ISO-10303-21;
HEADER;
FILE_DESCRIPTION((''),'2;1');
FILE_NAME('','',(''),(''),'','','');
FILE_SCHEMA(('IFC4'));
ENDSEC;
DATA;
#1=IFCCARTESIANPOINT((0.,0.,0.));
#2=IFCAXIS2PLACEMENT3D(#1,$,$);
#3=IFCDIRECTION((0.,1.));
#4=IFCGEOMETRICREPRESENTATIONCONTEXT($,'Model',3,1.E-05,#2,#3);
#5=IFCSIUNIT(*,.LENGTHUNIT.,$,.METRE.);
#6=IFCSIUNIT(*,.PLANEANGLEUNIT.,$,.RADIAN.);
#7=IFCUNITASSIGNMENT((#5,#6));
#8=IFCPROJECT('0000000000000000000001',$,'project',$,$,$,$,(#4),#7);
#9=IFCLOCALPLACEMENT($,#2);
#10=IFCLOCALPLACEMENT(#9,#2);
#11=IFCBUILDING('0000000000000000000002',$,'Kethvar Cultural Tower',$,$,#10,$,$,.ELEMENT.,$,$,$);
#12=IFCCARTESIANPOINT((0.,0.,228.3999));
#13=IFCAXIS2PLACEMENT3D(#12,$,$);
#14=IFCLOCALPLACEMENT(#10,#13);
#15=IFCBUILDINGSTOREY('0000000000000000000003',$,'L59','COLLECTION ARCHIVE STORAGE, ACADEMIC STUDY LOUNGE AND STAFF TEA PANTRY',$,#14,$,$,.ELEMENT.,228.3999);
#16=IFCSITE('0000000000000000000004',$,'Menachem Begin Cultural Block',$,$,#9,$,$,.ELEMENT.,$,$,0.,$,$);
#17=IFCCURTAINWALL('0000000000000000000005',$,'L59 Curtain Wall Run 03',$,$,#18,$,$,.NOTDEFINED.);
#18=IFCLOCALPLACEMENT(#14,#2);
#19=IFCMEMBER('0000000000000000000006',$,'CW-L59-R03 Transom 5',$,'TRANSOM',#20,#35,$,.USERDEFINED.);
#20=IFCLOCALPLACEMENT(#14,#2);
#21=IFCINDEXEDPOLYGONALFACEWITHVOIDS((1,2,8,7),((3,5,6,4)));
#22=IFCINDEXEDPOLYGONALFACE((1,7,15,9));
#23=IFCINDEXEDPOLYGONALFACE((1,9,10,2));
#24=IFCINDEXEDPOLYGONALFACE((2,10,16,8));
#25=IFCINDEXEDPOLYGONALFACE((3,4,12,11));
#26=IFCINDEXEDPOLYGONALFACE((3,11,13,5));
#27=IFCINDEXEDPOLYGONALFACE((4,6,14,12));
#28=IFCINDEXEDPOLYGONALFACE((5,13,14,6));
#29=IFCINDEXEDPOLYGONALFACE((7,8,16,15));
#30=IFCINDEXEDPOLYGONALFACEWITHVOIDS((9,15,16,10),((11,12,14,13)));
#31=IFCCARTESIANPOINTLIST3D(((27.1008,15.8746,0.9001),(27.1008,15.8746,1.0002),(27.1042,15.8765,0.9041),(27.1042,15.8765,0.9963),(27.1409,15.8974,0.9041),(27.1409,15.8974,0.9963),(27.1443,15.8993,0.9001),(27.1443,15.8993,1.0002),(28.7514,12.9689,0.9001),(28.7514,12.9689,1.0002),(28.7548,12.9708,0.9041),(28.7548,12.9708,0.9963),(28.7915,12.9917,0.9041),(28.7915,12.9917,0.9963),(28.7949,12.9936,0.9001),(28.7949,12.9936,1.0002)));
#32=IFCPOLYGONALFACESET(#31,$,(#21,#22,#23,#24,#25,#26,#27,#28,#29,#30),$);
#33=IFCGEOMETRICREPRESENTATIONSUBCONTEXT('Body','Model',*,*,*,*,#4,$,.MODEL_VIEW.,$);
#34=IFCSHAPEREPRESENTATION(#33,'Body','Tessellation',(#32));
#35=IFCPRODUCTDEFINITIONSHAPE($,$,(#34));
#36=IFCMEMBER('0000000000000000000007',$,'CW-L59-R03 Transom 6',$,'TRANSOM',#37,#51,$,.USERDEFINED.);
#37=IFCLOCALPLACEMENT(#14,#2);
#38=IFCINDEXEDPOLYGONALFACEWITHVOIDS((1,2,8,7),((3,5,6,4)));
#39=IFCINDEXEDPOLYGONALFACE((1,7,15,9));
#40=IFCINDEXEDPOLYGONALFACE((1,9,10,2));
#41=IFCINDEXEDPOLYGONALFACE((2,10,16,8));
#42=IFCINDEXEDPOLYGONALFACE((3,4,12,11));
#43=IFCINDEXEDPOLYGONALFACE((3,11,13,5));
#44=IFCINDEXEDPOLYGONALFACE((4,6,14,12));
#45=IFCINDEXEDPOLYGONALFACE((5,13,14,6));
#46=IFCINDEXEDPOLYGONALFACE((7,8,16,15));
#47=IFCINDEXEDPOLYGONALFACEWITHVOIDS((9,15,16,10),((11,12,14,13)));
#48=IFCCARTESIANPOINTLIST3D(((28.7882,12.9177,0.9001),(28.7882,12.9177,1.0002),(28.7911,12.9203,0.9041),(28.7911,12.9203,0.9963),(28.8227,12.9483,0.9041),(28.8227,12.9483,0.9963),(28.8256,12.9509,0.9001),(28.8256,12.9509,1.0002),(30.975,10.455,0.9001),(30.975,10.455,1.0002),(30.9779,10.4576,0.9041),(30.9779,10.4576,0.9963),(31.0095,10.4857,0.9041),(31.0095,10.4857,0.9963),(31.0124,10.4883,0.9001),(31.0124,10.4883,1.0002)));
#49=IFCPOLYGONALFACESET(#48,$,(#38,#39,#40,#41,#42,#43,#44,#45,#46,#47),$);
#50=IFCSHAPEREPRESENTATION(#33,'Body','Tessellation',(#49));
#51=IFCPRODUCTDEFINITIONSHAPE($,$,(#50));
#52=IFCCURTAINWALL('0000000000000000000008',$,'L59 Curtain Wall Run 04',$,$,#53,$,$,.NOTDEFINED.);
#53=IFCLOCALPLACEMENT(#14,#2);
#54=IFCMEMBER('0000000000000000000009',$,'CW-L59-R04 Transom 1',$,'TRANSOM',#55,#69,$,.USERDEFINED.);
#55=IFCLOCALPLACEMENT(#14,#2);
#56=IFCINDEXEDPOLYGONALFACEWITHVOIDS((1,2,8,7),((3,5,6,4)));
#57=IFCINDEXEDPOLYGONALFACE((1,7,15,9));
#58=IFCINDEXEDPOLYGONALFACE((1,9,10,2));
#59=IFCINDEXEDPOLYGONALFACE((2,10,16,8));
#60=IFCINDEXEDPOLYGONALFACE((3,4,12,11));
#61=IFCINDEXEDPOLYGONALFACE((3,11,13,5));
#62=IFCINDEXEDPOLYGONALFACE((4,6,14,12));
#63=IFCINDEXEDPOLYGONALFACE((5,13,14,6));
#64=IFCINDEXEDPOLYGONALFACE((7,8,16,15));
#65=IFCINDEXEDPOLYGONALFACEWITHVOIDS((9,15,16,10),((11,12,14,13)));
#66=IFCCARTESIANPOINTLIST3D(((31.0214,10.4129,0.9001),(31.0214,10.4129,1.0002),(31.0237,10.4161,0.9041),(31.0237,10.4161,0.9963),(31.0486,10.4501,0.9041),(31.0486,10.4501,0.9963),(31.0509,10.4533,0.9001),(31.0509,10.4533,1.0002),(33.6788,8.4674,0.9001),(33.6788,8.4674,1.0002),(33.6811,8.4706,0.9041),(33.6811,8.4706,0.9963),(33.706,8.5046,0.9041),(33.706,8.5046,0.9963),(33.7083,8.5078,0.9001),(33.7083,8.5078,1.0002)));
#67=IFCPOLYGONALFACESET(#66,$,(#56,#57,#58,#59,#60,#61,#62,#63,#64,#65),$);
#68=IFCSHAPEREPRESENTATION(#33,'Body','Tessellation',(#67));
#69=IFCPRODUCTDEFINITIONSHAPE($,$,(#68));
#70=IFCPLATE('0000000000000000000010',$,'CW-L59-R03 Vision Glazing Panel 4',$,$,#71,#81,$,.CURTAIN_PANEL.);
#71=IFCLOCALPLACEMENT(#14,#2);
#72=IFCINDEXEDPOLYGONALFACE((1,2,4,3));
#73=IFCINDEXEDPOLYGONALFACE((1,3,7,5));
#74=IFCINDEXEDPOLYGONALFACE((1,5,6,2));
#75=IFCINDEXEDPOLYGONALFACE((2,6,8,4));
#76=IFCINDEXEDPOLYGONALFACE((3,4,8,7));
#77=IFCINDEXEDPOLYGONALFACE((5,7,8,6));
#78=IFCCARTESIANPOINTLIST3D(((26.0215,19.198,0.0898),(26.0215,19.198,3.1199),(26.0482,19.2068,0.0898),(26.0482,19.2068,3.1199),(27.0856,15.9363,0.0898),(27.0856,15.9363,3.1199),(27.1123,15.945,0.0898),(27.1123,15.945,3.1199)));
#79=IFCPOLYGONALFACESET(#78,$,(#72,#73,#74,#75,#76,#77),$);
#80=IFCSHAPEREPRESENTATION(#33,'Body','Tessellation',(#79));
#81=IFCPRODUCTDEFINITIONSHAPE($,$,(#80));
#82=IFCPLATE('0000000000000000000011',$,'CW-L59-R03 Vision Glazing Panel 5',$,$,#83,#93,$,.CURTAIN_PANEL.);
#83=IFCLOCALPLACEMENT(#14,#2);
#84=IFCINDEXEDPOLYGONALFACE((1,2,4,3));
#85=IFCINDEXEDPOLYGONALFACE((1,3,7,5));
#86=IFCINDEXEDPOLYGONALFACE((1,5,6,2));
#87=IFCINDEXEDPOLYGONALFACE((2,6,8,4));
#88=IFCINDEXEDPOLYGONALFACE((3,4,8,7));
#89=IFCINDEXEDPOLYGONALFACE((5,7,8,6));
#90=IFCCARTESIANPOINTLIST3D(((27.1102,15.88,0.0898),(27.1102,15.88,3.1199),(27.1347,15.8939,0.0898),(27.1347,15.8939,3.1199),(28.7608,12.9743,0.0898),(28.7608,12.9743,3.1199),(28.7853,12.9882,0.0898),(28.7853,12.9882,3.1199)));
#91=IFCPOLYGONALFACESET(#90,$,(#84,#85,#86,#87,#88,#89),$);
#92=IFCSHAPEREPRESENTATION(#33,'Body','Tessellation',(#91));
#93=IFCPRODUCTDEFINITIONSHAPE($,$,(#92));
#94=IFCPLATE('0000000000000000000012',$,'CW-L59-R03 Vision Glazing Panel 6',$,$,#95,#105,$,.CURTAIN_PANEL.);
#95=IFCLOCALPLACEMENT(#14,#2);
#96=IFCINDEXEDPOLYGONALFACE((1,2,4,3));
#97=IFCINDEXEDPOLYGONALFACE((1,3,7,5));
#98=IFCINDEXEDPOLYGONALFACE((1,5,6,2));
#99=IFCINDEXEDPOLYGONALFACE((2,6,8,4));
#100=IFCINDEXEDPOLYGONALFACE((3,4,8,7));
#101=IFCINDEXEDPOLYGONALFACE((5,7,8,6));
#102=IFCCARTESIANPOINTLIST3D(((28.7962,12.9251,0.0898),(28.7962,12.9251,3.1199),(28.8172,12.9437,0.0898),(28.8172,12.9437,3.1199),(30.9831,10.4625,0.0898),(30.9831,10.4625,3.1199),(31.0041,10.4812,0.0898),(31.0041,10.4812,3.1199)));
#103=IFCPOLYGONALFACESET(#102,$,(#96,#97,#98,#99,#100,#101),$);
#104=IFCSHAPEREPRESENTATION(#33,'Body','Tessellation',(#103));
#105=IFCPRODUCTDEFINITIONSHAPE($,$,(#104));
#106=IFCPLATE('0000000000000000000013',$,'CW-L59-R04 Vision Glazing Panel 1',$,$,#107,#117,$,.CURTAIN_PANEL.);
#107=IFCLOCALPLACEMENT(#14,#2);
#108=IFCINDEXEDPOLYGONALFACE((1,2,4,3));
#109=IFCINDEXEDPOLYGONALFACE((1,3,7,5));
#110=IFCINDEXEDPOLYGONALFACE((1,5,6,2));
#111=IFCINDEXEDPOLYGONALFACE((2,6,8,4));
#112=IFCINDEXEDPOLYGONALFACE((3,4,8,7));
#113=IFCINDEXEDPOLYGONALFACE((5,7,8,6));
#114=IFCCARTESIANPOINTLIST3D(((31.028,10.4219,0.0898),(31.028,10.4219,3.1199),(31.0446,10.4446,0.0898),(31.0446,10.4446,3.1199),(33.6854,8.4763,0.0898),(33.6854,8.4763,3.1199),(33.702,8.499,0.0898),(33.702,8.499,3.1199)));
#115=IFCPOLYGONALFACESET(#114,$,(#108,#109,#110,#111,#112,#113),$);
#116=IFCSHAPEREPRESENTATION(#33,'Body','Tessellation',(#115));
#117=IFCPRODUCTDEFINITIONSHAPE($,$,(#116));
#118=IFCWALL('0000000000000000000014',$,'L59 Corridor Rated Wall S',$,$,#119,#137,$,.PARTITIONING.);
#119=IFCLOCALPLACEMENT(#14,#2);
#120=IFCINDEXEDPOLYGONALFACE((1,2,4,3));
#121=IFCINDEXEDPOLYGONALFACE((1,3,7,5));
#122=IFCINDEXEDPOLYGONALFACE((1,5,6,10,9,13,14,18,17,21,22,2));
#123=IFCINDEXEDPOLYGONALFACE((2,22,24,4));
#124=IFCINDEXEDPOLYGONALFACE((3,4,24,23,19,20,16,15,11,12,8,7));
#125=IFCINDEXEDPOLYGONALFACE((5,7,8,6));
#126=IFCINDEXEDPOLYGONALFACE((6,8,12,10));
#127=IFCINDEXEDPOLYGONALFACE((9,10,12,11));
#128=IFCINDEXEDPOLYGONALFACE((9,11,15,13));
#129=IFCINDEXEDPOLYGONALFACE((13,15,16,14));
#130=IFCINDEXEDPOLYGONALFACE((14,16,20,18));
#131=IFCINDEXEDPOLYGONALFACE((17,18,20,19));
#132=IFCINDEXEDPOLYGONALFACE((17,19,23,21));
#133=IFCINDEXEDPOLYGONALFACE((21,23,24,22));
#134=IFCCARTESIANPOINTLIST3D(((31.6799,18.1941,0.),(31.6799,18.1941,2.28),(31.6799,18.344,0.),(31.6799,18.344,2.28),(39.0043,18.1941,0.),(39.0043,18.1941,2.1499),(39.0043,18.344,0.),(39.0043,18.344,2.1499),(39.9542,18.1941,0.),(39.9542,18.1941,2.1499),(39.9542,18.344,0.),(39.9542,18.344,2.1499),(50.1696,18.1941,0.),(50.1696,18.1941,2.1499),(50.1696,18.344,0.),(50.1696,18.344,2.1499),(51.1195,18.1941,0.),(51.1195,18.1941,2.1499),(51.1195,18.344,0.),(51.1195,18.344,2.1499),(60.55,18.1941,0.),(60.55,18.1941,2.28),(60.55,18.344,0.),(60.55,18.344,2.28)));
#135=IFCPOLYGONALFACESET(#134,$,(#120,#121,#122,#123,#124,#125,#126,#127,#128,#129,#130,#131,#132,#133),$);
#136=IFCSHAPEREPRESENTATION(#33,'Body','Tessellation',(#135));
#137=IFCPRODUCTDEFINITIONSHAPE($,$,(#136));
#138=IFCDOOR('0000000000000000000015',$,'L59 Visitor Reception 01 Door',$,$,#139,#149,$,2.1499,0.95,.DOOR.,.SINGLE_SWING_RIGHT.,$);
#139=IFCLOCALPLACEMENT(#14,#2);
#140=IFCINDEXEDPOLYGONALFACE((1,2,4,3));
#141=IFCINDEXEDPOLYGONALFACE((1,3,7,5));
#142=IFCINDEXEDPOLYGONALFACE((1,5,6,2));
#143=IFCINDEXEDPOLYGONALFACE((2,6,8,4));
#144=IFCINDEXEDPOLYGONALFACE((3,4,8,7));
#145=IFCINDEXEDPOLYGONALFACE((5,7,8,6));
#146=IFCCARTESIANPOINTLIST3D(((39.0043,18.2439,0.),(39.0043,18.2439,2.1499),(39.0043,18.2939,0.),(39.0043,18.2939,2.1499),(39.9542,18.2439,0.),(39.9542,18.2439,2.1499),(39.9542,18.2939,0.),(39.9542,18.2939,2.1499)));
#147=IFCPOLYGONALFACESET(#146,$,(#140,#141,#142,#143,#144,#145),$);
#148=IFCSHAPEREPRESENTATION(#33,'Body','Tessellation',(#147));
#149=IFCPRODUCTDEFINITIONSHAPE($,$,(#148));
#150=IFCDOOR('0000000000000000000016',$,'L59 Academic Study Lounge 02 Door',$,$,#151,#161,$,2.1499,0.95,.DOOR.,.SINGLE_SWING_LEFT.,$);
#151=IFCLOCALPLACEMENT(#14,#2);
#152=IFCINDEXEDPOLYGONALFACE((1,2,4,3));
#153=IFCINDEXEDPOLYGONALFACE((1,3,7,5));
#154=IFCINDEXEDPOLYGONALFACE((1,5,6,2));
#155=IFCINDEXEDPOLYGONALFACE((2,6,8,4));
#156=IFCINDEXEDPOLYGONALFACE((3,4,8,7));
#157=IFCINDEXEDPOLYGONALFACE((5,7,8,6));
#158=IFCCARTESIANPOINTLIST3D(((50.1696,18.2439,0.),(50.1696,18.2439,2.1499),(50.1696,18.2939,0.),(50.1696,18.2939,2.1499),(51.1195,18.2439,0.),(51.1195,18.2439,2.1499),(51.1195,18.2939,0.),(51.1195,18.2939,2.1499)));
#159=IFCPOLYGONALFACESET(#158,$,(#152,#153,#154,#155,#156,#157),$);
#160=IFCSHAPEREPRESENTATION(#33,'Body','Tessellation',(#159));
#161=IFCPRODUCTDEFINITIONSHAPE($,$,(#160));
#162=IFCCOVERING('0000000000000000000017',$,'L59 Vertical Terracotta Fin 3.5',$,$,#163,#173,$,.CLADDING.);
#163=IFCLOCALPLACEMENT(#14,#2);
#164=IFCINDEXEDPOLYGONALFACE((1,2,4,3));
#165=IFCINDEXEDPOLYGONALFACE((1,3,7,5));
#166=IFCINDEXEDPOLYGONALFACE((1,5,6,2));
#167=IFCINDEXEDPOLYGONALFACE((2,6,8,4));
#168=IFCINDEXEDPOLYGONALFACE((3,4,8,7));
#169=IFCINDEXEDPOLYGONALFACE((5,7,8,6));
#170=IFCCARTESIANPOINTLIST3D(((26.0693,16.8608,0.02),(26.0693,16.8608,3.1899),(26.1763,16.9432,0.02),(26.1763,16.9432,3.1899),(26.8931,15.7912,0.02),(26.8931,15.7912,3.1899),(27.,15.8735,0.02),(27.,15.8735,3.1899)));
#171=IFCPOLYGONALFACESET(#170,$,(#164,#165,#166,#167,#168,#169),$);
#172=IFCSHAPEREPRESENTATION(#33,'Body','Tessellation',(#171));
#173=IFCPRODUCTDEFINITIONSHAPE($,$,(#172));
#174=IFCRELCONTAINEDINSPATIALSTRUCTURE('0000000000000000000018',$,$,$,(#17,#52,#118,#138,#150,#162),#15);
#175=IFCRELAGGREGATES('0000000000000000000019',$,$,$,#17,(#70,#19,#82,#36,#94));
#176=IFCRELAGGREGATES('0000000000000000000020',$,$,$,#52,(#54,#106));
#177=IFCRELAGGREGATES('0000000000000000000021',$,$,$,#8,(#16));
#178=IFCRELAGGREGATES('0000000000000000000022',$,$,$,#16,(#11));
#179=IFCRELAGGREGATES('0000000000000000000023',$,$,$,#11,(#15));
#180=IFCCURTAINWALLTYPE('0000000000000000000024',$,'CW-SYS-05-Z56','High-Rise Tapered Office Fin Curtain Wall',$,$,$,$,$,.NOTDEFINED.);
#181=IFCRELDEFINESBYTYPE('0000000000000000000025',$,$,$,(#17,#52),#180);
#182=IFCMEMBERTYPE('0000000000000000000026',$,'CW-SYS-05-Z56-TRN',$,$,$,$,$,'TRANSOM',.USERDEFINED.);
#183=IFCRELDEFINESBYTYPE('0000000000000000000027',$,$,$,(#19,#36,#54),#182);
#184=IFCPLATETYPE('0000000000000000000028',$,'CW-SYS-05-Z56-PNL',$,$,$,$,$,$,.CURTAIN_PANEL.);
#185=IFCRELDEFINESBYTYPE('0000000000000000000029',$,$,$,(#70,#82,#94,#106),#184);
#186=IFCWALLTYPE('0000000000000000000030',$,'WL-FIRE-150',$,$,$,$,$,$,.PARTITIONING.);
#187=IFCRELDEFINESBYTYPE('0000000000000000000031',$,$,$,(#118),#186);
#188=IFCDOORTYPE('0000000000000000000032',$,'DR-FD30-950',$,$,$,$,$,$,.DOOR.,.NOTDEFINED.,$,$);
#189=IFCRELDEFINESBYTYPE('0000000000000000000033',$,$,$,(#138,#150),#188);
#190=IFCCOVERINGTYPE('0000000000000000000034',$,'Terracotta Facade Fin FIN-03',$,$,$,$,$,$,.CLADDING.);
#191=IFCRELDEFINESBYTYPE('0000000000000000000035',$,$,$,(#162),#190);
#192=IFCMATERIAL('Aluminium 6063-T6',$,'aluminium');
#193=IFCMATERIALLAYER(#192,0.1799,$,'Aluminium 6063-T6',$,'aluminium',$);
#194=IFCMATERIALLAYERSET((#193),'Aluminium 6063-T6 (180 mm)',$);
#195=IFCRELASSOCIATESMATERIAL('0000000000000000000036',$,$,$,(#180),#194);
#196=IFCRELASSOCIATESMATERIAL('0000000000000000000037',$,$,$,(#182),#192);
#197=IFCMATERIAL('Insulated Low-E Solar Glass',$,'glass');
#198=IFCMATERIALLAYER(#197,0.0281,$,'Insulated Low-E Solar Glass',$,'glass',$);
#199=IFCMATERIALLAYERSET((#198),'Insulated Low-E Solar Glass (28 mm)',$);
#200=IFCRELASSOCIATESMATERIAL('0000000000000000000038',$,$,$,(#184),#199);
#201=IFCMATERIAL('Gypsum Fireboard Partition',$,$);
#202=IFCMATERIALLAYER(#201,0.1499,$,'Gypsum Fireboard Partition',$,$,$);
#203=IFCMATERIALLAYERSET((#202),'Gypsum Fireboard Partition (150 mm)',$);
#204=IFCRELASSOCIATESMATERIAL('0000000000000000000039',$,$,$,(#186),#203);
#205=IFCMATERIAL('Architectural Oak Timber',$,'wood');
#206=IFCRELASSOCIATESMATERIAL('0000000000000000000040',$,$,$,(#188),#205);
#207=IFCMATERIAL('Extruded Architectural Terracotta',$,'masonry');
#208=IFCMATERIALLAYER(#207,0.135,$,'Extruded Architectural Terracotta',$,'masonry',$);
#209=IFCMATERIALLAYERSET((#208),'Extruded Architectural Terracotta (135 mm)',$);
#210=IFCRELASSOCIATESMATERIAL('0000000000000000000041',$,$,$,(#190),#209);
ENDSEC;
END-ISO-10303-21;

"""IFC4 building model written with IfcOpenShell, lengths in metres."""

from ifc_helpers import new_model, si_unit, direction, frame, frame_2d, origin, origin_2d, place, context, subcontext, project, spatial, rectangle, hollow_rectangle, extrude, source, transform, mapped, material, layer, layer_set, material_profile, profile_set, type_object, element, fill, aggregate, save


model = new_model("IFC4")

# Units and contexts
model_context = context("Model", 3, precision=1e-05, world=origin(), true_north=direction((0.0, 1.0)))
body_context = subcontext(model_context, "Body", "Model", "MODEL_VIEW")
ifc_project = project(units=[si_unit("LENGTHUNIT", "METRE"), si_unit("PLANEANGLEUNIT", "RADIAN")], contexts=[model_context])

# Site, building, storey
site_placement = place(None, origin())
site = spatial("IfcSite", under=ifc_project, at=site_placement, Name="Menachem Begin Cultural Block", CompositionType="ELEMENT", RefElevation=0.0)
building_placement = place(site_placement, origin())
building = spatial("IfcBuilding", under=site, at=building_placement, Name="Kethvar Cultural Tower", CompositionType="ELEMENT")
storey_placement = place(building_placement, frame((0.0, 0.0, 228.3999)))
storey = spatial("IfcBuildingStorey", under=building, at=storey_placement, Name="L59", Description="COLLECTION ARCHIVE STORAGE, ACADEMIC STUDY LOUNGE AND STAFF TEA PANTRY", CompositionType="ELEMENT", Elevation=228.3999)

# Curtain wall, members
ifc_material_1 = material(Name="Aluminium 6063-T6", Category="aluminium")
ifc_layer_1 = layer(ifc_material_1, 0.1799, Name="Aluminium 6063-T6", Category="aluminium")
ifc_layer_set_1 = layer_set([ifc_layer_1], Name="Aluminium 6063-T6 (180 mm)")
curtain_wall_type = type_object("IfcCurtainWallType", Name="CW-SYS-05-Z56", Description="High-Rise Tapered Office Fin Curtain Wall", PredefinedType="NOTDEFINED", material=ifc_layer_set_1)
curtain_wall_1_placement = place(storey_placement, origin())
curtain_wall_1 = element("IfcCurtainWall", 1, at=curtain_wall_1_placement, inside=storey, type_object=curtain_wall_type, Name="L59 Curtain Wall Run 03", PredefinedType="NOTDEFINED")
ifc_material_profile_1 = material_profile(ifc_material_1, hollow_rectangle(XDim=0.05, YDim=0.1001, WallThickness=0.0039, at=origin_2d()), Name="Aluminium 6063-T6 — RHS100x50x4")
ifc_profile_set_1 = profile_set([ifc_material_profile_1], Name="Aluminium 6063-T6 — RHS100x50x4")
member_type_1 = type_object("IfcMemberType", Name="CW-SYS-05-Z56-TRN", ElementType="TRANSOM", PredefinedType="USERDEFINED", material=ifc_profile_set_1)
shared_shape_1 = source(origin(), body_context, "Body", "SweptSolid", [
    extrude(hollow_rectangle(XDim=0.05, YDim=0.1001, WallThickness=0.0039, at=origin_2d()), origin(), (0.0, 0.0, 1.0), 3.3418),
])
member_1_placement = place(storey_placement, frame((27.1226, 15.887, 0.9502), z_axis=(0.493927, -0.869504, 0.0), x_axis=(0.869504, 0.493927, 0.0)))
member_1 = element("IfcMember", 2, at=member_1_placement, type_object=member_type_1, Name="CW-L59-R03 Transom 5", ObjectType="TRANSOM", PredefinedType="USERDEFINED", context=body_context, shape_type="MappedRepresentation", body=[
    mapped(shared_shape_1, transform((0.0, 0.0, 0.0), scale=1.0)),
])
shared_shape_2 = source(origin(), body_context, "Body", "SweptSolid", [
    extrude(hollow_rectangle(XDim=0.05, YDim=0.1001, WallThickness=0.0039, at=origin_2d()), origin(), (0.0, 0.0, 1.0), 3.2935),
])
member_2_placement = place(storey_placement, frame((28.8069, 12.9343, 0.9502), z_axis=(0.663982, -0.747749, 0.0), x_axis=(0.747749, 0.663982, 0.0)))
member_2 = element("IfcMember", 3, at=member_2_placement, type_object=member_type_1, Name="CW-L59-R03 Transom 6", ObjectType="TRANSOM", PredefinedType="USERDEFINED", context=body_context, shape_type="MappedRepresentation", body=[
    mapped(shared_shape_2, transform((0.0, 0.0, 0.0), scale=1.0)),
])

# Curtain wall, member
curtain_wall_2_placement = place(storey_placement, origin())
curtain_wall_2 = element("IfcCurtainWall", 4, at=curtain_wall_2_placement, inside=storey, type_object=curtain_wall_type, Name="L59 Curtain Wall Run 04", PredefinedType="NOTDEFINED")
member_3_placement = place(storey_placement, frame((31.0361, 10.4331, 0.9502), z_axis=(0.806876, -0.590721, 0.0), x_axis=(0.590721, 0.806876, 0.0)))
member_3 = element("IfcMember", 5, at=member_3_placement, type_object=member_type_1, Name="CW-L59-R04 Transom 1", ObjectType="TRANSOM", PredefinedType="USERDEFINED", context=body_context, shape_type="MappedRepresentation", body=[
    mapped(shared_shape_2, transform((0.0, 0.0, 0.0), scale=1.0)),
])

# Plates
ifc_material_2 = material(Name="Insulated Low-E Solar Glass", Category="glass")
ifc_layer_2 = layer(ifc_material_2, 0.0281, Name="Insulated Low-E Solar Glass", Category="glass")
ifc_layer_set_2 = layer_set([ifc_layer_2], Name="Insulated Low-E Solar Glass (28 mm)")
plate_type = type_object("IfcPlateType", Name="CW-SYS-05-Z56-PNL", PredefinedType="CURTAIN_PANEL", material=ifc_layer_set_2)
shared_shape_3 = source(origin(), body_context, "Body", "SweptSolid", [
    extrude(rectangle(XDim=3.4309, YDim=0.0281, at=origin_2d()), origin(), (0.0, 0.0, 1.0), 3.03),
])
plate_1_placement = place(storey_placement, frame((26.5669, 17.5715, 0.0898), z_axis=(0.0, 0.0, 1.0), x_axis=(0.310146, -0.950689, 0.0)))
plate_1 = element("IfcPlate", 6, at=plate_1_placement, type_object=plate_type, Name="CW-L59-R03 Vision Glazing Panel 4", PredefinedType="CURTAIN_PANEL", context=body_context, shape_type="MappedRepresentation", body=[
    mapped(shared_shape_3, transform((0.0, 0.0, 0.0), scale=1.0)),
])
shared_shape_4 = source(origin(), body_context, "Body", "SweptSolid", [
    extrude(rectangle(XDim=3.3418, YDim=0.0281, at=origin_2d()), origin(), (0.0, 0.0, 1.0), 3.03),
])
plate_2_placement = place(storey_placement, frame((27.9478, 14.4341, 0.0898), z_axis=(0.0, 0.0, 1.0), x_axis=(0.493927, -0.869504, 0.0)))
plate_2 = element("IfcPlate", 7, at=plate_2_placement, type_object=plate_type, Name="CW-L59-R03 Vision Glazing Panel 5", PredefinedType="CURTAIN_PANEL", context=body_context, shape_type="MappedRepresentation", body=[
    mapped(shared_shape_4, transform((0.0, 0.0, 0.0), scale=1.0)),
])
shared_shape_5 = source(origin(), body_context, "Body", "SweptSolid", [
    extrude(rectangle(XDim=3.2935, YDim=0.0281, at=origin_2d()), origin(), (0.0, 0.0, 1.0), 3.03),
])
plate_3_placement = place(storey_placement, frame((29.9001, 11.7031, 0.0898), z_axis=(0.0, 0.0, 1.0), x_axis=(0.664031, -0.747705, 0.0)))
plate_3 = element("IfcPlate", 8, at=plate_3_placement, type_object=plate_type, Name="CW-L59-R03 Vision Glazing Panel 6", PredefinedType="CURTAIN_PANEL", context=body_context, shape_type="MappedRepresentation", body=[
    mapped(shared_shape_5, transform((0.0, 0.0, 0.0), scale=1.0)),
])
aggregate(curtain_wall_1, [plate_1, member_1, plate_2, member_2, plate_3])
plate_4_placement = place(storey_placement, frame((32.365, 9.4604, 0.0898), z_axis=(0.0, 0.0, 1.0), x_axis=(0.806868, -0.590732, 0.0)))
plate_4 = element("IfcPlate", 9, at=plate_4_placement, type_object=plate_type, Name="CW-L59-R04 Vision Glazing Panel 1", PredefinedType="CURTAIN_PANEL", context=body_context, shape_type="MappedRepresentation", body=[
    mapped(shared_shape_5, transform((0.0, 0.0, 0.0), scale=1.0)),
])
aggregate(curtain_wall_2, [member_3, plate_4])

# Wall, openings, doors
ifc_material_3 = material(Name="Gypsum Fireboard Partition")
ifc_layer_3 = layer(ifc_material_3, 0.1499, Name="Gypsum Fireboard Partition")
ifc_layer_set_3 = layer_set([ifc_layer_3], Name="Gypsum Fireboard Partition (150 mm)")
wall_type = type_object("IfcWallType", Name="WL-FIRE-150", PredefinedType="PARTITIONING", material=ifc_layer_set_3)
wall_placement = place(storey_placement, frame((31.6799, 18.269, 0.0), z_axis=(0.0, 0.0, 1.0), x_axis=(1.0, 0.0, 0.0)))
wall = element("IfcWall", 10, at=wall_placement, inside=storey, type_object=wall_type, Name="L59 Corridor Rated Wall S", PredefinedType="PARTITIONING", context=body_context, shape_type="SweptSolid", body=[
    extrude(rectangle(XDim=28.8701, YDim=0.1499, at=frame_2d((14.4351, 0.0))), origin(), (0.0, 0.0, 1.0), 2.28),
])
opening_1_placement = place(wall_placement, frame((7.3242, 0.0, 0.0)))
opening_1 = element("IfcOpeningElement", 11, at=opening_1_placement, cuts=wall, PredefinedType="OPENING", context=body_context, shape_type="SweptSolid", body=[
    extrude(rectangle(XDim=0.95, YDim=2.1499, at=frame_2d((0.4751, 1.075))), frame((0.0, 0.085, 0.0), z_axis=(0.0, -1.0, 0.0), x_axis=(1.0, 0.0, 0.0)), (0.0, 0.0, 1.0), 0.1699),
])
opening_2_placement = place(wall_placement, frame((18.4895, 0.0, 0.0)))
opening_2 = element("IfcOpeningElement", 12, at=opening_2_placement, cuts=wall, PredefinedType="OPENING", context=body_context, shape_type="SweptSolid", body=[
    extrude(rectangle(XDim=0.95, YDim=2.1499, at=frame_2d((0.4751, 1.075))), frame((0.0, 0.085, 0.0), z_axis=(0.0, -1.0, 0.0), x_axis=(1.0, 0.0, 0.0)), (0.0, 0.0, 1.0), 0.1699),
])
ifc_material_4 = material(Name="Architectural Oak Timber", Category="wood")
door_type = type_object("IfcDoorType", Name="DR-FD30-950", OperationType="NOTDEFINED", PredefinedType="DOOR", material=ifc_material_4)
shared_shape_6 = source(origin(), body_context, "Body", "SweptSolid", [
    extrude(rectangle(XDim=0.95, YDim=2.1499, at=frame_2d((0.4751, 1.075))), frame((0.0, 0.0249, 0.0), z_axis=(0.0, -1.0, 0.0), x_axis=(1.0, 0.0, 0.0)), (0.0, 0.0, 1.0), 0.05),
])
door_1_placement = place(opening_1_placement, origin())
door_1 = element("IfcDoor", 13, at=door_1_placement, inside=storey, type_object=door_type, Name="L59 Visitor Reception 01 Door", OperationType="SINGLE_SWING_RIGHT", OverallHeight=2.1499, OverallWidth=0.95, PredefinedType="DOOR", context=body_context, shape_type="MappedRepresentation", body=[
    mapped(shared_shape_6, transform((0.0, 0.0, 0.0), scale=1.0)),
])
fill(opening_1, door_1)
door_2_placement = place(opening_2_placement, origin())
door_2 = element("IfcDoor", 14, at=door_2_placement, inside=storey, type_object=door_type, Name="L59 Academic Study Lounge 02 Door", OperationType="SINGLE_SWING_LEFT", OverallHeight=2.1499, OverallWidth=0.95, PredefinedType="DOOR", context=body_context, shape_type="MappedRepresentation", body=[
    mapped(shared_shape_6, transform((0.0, 0.0, 0.0), scale=1.0)),
])
fill(opening_2, door_2)

# Covering
ifc_material_5 = material(Name="Extruded Architectural Terracotta", Category="masonry")
ifc_layer_4 = layer(ifc_material_5, 0.135, Name="Extruded Architectural Terracotta", Category="masonry")
ifc_layer_set_4 = layer_set([ifc_layer_4], Name="Extruded Architectural Terracotta (135 mm)")
covering_type = type_object("IfcCoveringType", Name="Terracotta Facade Fin FIN-03", PredefinedType="CLADDING", material=ifc_layer_set_4)
shared_shape_7 = source(origin(), body_context, "Body", "SweptSolid", [
    extrude(rectangle(XDim=1.3501, YDim=0.135, at=origin_2d()), origin(), (0.0, 0.0, 1.0), 3.1699),
])
for number, where, z_axis, x_axis, name in (
    (15, (26.5347, 16.3672, 0.02), (0.0, 0.0, 1.0), (-0.610145, 0.79229, 0.0), "L59 Vertical Terracotta Fin 3.5"),
):
    element("IfcCovering", number, at=place(storey_placement, frame(where, z_axis=z_axis, x_axis=x_axis)), inside=storey, type_object=covering_type, Name=name, PredefinedType="CLADDING", context=body_context, shape_type="MappedRepresentation", body=[
        mapped(shared_shape_7, transform((0.0, 0.0, 0.0), scale=1.0)),
    ])

save(model, "model.ifc")
